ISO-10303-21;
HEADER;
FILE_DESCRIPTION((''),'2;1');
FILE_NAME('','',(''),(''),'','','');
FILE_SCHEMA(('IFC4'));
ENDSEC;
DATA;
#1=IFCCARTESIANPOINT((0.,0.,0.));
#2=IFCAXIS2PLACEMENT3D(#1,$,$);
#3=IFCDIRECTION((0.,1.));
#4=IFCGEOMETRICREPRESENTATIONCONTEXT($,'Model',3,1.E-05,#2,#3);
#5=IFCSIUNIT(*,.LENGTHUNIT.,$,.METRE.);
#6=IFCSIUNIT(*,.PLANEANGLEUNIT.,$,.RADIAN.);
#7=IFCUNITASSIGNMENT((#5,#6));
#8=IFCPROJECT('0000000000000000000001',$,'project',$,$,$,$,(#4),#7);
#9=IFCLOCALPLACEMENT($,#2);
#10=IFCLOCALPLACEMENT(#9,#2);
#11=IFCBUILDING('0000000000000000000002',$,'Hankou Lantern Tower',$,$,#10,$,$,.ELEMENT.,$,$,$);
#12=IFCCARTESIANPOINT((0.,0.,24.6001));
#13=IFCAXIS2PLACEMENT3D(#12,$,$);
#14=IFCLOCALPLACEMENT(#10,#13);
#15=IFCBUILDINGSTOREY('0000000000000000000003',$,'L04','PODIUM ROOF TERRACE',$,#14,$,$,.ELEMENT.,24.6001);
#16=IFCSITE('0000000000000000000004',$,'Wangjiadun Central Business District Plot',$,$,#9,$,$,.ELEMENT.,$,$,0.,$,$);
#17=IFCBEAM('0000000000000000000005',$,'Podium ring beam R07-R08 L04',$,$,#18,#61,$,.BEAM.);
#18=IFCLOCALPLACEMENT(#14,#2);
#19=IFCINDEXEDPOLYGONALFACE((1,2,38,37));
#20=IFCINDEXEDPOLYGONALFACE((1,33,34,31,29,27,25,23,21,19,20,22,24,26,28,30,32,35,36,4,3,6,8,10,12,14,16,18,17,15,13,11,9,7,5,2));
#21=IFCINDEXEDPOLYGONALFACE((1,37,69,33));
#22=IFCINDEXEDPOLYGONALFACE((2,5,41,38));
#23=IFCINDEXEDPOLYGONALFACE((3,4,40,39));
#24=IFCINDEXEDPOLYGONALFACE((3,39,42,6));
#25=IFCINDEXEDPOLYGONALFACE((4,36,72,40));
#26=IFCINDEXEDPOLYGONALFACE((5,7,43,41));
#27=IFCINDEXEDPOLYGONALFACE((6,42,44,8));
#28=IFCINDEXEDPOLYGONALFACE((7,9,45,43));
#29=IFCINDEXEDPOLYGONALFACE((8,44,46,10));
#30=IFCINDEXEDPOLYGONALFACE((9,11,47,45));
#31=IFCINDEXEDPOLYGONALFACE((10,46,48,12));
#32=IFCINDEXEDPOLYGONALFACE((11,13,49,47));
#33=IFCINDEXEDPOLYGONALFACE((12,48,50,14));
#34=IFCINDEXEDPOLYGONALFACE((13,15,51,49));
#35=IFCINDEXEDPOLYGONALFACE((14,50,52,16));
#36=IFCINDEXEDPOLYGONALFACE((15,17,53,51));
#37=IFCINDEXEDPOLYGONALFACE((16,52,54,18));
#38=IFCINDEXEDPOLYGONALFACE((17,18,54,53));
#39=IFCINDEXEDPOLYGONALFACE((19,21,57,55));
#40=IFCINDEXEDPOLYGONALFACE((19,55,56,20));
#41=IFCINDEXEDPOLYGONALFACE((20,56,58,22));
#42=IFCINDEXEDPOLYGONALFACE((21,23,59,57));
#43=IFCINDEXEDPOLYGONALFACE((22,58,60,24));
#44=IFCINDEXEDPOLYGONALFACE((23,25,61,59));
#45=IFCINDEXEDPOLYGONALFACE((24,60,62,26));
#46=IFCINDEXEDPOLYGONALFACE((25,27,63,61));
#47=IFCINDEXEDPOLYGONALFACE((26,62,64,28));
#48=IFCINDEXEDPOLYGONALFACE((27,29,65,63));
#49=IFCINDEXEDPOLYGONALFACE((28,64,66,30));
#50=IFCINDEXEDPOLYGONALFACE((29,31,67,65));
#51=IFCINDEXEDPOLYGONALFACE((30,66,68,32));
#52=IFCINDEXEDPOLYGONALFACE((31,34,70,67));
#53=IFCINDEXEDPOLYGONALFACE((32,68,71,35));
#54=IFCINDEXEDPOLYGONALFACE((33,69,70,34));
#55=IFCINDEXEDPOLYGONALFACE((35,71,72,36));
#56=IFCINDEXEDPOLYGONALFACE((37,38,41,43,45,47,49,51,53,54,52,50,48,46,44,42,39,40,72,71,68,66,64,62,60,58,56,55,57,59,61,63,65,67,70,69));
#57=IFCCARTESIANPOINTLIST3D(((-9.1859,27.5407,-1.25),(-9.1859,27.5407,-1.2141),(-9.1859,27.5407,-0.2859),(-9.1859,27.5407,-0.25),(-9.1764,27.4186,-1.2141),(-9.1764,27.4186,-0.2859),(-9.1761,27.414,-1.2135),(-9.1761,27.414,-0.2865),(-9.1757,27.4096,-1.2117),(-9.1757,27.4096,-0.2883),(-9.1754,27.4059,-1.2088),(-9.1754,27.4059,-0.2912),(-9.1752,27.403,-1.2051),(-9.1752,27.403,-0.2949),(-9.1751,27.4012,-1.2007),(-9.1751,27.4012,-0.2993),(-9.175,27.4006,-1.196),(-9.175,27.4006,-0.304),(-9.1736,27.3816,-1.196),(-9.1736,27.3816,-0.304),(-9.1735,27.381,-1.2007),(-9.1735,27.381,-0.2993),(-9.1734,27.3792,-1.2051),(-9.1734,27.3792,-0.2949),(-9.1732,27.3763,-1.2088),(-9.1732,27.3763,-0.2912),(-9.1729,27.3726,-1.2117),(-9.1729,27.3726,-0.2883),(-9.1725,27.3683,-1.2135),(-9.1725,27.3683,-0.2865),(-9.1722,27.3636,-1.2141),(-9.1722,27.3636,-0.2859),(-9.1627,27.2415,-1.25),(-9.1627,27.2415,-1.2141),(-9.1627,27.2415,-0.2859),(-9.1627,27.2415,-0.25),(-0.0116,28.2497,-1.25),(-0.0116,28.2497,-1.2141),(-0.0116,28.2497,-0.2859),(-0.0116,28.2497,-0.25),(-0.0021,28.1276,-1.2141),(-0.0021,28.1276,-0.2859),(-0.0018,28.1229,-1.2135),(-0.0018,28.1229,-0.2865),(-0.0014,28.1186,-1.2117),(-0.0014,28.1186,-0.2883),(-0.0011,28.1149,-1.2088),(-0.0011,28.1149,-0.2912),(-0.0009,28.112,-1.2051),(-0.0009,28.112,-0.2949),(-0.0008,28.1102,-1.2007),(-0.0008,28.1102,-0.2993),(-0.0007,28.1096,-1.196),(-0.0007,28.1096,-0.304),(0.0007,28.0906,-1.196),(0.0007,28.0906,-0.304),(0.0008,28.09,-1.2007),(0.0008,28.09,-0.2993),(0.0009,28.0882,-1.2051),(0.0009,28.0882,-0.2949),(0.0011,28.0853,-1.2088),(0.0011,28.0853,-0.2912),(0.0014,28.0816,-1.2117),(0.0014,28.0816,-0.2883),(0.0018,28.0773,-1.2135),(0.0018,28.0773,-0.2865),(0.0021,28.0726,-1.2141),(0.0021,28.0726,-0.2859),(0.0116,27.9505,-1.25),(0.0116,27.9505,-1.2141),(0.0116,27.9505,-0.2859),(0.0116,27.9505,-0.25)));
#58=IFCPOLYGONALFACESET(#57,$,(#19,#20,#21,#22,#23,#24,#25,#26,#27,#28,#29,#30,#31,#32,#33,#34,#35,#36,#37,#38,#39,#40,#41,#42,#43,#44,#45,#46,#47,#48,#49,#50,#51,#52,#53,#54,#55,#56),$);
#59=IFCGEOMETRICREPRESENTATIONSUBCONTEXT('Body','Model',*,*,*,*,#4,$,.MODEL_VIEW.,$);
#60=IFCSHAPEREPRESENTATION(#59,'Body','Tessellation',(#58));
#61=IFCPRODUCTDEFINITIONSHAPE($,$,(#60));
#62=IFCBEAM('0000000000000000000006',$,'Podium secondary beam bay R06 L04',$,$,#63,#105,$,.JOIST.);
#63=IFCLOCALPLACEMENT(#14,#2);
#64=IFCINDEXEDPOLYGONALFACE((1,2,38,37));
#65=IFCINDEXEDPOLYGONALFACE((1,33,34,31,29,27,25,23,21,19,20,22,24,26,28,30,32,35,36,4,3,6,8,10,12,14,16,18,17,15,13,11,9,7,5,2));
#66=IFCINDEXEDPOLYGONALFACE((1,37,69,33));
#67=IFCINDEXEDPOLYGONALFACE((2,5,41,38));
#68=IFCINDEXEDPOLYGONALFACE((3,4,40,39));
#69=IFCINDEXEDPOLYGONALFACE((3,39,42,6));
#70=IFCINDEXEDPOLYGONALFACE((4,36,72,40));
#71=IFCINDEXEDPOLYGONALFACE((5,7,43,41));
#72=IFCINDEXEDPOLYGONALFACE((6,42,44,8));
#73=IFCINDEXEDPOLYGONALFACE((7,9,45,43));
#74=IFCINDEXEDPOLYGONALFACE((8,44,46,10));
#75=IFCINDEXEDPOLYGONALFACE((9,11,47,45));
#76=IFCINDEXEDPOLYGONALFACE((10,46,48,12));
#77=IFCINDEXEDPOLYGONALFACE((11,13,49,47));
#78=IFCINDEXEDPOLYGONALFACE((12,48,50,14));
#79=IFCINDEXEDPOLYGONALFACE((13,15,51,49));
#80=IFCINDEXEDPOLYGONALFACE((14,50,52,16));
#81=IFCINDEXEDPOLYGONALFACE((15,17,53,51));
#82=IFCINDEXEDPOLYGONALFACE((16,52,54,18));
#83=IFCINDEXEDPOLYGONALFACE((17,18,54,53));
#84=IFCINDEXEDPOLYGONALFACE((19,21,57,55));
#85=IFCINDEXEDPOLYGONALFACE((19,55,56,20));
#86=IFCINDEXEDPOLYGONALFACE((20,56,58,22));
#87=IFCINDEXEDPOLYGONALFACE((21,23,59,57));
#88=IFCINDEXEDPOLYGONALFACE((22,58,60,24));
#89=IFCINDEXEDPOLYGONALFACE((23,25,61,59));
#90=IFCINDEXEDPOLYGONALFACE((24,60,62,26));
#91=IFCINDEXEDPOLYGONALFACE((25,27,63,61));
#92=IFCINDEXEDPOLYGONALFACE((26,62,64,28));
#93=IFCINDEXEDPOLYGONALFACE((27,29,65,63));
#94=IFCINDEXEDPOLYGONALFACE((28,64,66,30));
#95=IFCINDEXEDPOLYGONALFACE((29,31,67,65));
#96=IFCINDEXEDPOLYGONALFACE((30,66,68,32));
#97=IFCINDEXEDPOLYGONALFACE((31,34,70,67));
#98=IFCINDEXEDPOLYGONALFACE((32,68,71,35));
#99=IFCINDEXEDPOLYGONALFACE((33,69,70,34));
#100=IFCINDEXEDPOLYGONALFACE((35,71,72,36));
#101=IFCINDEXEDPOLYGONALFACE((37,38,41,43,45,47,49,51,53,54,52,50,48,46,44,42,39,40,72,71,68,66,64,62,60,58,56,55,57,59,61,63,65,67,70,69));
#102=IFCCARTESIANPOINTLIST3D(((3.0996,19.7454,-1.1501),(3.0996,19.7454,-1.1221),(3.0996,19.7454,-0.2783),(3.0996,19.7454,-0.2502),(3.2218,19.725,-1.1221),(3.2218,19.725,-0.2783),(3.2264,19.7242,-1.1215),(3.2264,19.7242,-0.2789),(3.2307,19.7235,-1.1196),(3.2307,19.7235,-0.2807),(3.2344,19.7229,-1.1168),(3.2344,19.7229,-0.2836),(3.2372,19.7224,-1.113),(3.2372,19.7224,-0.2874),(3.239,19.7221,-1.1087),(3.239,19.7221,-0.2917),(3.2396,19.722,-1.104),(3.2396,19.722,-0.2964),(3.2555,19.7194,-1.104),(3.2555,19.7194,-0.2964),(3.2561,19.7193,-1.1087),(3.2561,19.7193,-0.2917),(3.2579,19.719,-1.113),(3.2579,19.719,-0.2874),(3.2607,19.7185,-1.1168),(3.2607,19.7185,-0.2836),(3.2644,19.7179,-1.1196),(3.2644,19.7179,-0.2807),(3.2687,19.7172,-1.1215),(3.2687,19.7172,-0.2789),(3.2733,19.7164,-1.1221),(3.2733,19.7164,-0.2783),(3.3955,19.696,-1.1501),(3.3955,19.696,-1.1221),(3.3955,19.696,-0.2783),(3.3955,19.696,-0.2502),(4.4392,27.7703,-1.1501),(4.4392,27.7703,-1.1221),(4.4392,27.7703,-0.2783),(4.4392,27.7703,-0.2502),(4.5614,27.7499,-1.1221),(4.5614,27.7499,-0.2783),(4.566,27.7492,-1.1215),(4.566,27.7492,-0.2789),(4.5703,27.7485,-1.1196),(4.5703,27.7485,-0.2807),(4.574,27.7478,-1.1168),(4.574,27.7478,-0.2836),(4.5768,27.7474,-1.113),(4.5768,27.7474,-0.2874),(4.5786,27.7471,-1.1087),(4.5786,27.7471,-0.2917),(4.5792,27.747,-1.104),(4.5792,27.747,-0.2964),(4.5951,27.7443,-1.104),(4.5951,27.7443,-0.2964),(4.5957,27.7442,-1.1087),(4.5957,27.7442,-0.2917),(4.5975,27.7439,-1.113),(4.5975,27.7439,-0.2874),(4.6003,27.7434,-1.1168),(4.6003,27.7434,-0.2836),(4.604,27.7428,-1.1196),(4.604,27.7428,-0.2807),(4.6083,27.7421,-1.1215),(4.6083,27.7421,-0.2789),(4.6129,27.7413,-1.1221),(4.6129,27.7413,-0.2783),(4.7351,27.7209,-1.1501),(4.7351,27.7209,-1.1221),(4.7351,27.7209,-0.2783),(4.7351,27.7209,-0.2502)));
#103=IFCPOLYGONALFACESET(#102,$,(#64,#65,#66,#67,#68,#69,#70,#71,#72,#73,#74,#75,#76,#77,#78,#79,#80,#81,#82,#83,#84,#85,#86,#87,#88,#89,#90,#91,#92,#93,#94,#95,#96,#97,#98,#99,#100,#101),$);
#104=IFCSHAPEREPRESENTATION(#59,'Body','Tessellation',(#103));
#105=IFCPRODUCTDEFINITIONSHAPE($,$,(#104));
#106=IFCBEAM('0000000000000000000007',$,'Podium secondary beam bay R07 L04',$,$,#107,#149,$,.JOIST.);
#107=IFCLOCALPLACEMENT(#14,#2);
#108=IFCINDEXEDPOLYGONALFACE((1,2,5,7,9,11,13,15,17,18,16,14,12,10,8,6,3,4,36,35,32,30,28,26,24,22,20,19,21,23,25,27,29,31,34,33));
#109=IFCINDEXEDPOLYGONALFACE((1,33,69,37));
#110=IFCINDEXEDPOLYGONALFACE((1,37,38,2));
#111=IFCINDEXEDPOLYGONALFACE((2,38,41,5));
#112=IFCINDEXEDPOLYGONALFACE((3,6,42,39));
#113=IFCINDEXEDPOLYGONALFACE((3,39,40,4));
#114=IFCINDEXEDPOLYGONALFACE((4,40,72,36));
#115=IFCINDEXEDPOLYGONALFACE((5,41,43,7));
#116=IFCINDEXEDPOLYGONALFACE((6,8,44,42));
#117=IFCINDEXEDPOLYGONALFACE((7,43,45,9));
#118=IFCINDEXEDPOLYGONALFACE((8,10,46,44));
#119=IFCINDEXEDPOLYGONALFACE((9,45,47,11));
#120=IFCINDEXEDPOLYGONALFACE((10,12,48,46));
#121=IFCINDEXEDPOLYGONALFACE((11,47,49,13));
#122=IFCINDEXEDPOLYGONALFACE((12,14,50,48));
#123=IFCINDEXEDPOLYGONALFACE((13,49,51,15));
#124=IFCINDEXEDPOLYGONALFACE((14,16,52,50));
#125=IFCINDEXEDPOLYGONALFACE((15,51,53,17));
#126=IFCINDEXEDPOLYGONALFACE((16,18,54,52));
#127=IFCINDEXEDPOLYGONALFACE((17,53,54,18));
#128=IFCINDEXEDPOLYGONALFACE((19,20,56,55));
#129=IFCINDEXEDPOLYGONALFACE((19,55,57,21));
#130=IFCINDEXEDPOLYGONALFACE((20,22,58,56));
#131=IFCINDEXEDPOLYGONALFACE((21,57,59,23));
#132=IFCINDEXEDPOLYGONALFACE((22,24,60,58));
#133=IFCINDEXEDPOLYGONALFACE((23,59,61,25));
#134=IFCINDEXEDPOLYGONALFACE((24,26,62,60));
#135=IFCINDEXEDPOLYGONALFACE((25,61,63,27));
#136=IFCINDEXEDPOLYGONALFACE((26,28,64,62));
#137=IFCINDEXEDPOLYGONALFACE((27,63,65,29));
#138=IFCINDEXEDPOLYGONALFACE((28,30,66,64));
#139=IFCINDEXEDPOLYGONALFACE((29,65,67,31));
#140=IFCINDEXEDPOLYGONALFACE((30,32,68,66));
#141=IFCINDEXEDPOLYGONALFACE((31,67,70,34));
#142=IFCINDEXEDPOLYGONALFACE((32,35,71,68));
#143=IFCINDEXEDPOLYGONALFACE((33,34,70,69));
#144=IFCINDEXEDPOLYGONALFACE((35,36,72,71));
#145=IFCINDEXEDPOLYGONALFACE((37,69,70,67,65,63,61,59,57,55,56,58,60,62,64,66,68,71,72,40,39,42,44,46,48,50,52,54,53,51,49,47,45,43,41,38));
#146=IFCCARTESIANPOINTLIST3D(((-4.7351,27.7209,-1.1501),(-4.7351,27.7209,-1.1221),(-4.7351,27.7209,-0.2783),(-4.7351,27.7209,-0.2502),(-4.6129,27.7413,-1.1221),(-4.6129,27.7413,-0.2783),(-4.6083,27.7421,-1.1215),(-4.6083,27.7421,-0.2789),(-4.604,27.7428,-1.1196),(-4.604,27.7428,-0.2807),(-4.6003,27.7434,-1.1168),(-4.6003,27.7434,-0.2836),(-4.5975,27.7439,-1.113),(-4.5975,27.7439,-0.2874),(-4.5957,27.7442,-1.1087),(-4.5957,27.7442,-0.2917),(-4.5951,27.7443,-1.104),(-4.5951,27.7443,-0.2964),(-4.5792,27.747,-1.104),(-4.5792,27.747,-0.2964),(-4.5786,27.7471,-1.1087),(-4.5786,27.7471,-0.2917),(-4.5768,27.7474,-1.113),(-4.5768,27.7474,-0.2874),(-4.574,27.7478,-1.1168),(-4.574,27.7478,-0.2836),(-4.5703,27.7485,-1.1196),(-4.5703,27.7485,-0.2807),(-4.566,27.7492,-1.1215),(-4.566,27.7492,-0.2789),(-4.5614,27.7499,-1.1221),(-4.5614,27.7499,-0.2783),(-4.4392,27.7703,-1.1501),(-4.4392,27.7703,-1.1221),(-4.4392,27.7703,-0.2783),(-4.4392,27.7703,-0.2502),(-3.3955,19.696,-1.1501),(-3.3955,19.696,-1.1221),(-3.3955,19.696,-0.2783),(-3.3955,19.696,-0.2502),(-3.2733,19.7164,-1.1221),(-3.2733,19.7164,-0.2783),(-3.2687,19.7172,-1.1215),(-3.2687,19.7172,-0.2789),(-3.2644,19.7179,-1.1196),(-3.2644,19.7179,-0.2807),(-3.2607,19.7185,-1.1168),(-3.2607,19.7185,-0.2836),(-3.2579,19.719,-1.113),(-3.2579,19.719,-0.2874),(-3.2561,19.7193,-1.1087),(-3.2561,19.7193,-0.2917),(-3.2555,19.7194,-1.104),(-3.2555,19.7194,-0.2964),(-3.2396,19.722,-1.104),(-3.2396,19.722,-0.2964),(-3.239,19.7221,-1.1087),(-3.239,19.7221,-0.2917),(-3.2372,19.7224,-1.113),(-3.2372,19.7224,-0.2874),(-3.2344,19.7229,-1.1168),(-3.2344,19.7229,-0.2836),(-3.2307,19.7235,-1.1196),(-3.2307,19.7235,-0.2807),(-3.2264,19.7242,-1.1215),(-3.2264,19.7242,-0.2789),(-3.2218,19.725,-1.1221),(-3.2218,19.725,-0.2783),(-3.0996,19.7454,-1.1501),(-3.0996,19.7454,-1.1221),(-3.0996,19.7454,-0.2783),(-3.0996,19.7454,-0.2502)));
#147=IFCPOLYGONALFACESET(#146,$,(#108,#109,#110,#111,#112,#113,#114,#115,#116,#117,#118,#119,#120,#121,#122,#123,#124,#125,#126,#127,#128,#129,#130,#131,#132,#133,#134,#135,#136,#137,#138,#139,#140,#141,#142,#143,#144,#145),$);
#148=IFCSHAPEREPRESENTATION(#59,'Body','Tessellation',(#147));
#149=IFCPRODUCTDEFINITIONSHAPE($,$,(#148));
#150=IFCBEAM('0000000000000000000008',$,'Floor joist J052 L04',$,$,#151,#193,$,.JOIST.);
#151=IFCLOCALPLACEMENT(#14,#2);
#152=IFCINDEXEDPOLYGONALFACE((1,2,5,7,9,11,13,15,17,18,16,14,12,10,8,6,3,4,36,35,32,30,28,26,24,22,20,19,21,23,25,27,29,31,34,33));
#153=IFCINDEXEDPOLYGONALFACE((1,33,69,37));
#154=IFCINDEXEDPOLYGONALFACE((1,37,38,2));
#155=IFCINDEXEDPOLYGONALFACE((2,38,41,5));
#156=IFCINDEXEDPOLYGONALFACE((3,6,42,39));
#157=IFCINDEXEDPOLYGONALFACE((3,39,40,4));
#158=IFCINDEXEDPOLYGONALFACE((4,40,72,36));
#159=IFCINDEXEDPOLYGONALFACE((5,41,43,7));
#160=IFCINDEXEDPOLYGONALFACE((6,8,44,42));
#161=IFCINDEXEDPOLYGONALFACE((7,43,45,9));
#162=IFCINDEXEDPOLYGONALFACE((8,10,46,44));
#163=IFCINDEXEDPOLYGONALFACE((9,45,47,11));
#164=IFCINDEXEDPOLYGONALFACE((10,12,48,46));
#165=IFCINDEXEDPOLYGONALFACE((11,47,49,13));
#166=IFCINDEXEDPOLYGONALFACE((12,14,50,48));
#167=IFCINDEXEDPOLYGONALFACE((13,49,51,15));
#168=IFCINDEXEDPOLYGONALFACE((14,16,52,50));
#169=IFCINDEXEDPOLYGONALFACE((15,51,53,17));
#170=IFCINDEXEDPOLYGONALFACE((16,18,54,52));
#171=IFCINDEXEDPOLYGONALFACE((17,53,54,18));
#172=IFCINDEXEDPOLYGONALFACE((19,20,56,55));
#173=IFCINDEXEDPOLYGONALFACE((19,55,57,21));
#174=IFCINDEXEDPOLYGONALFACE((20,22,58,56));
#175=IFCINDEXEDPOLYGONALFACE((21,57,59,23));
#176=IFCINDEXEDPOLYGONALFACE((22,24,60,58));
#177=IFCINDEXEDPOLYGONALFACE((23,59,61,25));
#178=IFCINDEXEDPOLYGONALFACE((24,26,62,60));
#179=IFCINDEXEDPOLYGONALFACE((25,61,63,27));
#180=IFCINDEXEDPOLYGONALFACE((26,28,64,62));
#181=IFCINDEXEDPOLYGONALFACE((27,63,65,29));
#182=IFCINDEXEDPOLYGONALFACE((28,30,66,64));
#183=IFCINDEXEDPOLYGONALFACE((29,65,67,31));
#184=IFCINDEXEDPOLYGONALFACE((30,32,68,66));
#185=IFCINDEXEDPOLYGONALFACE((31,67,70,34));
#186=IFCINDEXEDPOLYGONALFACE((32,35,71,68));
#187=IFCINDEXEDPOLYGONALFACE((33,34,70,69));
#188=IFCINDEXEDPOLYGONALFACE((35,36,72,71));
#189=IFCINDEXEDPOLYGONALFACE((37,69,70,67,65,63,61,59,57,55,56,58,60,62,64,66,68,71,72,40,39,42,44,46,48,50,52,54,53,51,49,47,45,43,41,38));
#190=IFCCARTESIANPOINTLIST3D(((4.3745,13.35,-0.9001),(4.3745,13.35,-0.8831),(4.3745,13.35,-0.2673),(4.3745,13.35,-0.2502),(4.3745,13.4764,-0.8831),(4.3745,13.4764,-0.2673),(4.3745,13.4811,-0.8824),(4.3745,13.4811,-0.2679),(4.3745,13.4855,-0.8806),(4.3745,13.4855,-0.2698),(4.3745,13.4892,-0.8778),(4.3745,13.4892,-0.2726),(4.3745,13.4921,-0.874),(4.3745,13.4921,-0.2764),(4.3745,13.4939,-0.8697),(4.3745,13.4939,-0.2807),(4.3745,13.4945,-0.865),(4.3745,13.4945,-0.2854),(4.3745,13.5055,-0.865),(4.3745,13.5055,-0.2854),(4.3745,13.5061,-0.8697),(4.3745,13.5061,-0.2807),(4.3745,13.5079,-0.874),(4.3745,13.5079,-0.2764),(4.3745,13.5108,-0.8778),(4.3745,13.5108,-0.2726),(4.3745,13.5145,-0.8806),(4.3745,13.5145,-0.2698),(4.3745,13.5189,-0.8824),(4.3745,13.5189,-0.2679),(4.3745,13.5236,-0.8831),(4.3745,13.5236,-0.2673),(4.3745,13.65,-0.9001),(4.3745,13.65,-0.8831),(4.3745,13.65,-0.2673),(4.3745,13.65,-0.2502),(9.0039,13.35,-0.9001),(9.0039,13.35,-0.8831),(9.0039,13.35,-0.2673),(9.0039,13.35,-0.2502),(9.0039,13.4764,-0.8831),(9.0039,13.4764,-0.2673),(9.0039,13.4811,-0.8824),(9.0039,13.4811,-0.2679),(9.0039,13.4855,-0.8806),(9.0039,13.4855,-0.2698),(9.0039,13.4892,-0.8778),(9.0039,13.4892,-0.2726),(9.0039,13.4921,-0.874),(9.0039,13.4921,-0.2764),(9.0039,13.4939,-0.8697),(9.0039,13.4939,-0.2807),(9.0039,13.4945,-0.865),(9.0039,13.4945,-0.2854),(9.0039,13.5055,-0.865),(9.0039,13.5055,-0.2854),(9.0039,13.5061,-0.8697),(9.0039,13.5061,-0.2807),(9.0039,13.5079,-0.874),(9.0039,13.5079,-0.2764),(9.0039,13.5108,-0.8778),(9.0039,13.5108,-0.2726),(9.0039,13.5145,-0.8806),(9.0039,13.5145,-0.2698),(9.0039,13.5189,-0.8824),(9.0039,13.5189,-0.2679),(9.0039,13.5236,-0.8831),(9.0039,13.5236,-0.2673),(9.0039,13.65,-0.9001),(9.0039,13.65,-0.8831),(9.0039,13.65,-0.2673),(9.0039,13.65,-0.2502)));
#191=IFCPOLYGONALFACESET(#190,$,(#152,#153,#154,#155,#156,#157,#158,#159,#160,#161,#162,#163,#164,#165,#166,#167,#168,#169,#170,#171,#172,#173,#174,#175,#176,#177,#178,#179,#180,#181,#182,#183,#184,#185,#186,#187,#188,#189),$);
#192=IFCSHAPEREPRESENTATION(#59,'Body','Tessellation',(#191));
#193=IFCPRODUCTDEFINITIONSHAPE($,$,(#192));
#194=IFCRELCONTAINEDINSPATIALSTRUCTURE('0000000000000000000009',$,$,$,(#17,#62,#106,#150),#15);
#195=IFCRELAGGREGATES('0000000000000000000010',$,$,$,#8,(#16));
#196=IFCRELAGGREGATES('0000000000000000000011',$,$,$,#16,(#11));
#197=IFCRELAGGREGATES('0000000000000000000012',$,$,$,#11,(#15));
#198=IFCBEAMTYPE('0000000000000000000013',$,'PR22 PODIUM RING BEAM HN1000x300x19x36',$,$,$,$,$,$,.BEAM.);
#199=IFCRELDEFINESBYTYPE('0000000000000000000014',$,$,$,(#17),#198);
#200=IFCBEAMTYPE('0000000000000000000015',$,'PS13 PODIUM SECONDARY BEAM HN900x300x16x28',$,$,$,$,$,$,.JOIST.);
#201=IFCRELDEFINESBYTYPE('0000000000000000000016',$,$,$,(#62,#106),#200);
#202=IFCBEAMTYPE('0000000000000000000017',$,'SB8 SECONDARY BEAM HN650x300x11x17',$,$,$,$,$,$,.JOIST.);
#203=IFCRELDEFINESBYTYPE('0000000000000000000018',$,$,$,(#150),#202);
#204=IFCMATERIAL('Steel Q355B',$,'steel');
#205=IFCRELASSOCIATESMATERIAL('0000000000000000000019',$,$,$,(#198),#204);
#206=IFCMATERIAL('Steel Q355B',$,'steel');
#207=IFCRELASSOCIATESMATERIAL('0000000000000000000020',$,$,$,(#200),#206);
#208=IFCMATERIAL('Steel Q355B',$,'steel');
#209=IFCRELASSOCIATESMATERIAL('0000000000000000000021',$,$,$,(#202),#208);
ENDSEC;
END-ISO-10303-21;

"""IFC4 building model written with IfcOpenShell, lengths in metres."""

from ifc_helpers import new_model, si_unit, direction, frame, origin, origin_2d, place, context, subcontext, project, spatial, i_section, extrude, material, material_profile, profile_set, type_object, element, save


model = new_model("IFC4")

# Units and contexts
model_context = context("Model", 3, precision=1e-05, world=origin(), true_north=direction((0.0, 1.0)))
body_context = subcontext(model_context, "Body", "Model", "MODEL_VIEW")
ifc_project = project(units=[si_unit("LENGTHUNIT", "METRE"), si_unit("PLANEANGLEUNIT", "RADIAN")], contexts=[model_context])

# Site, building, storey
site_placement = place(None, origin())
site = spatial("IfcSite", under=ifc_project, at=site_placement, Name="Wangjiadun Central Business District Plot", CompositionType="ELEMENT", RefElevation=0.0)
building_placement = place(site_placement, origin())
building = spatial("IfcBuilding", under=site, at=building_placement, Name="Hankou Lantern Tower", CompositionType="ELEMENT")
storey_placement = place(building_placement, frame((0.0, 0.0, 24.6001)))
storey = spatial("IfcBuildingStorey", under=building, at=storey_placement, Name="L04", Description="PODIUM ROOF TERRACE", CompositionType="ELEMENT", Elevation=24.6001)

# Beams
ifc_material_1 = material(Name="Steel Q355B", Category="steel")
ifc_material_profile_1 = material_profile(ifc_material_1, i_section(OverallWidth=0.3, OverallDepth=1.0, WebThickness=0.019, FlangeThickness=0.0359, FilletRadius=0.0181, at=origin_2d()), Name="HN1000x300x19x36")
ifc_profile_set_1 = profile_set([ifc_material_profile_1], Name="Steel Q355B")
beam_type_1 = type_object("IfcBeamType", Name="PR22 PODIUM RING BEAM HN1000x300x19x36", PredefinedType="BEAM", material=ifc_profile_set_1)
beam_1_placement = place(storey_placement, frame((0.0, 28.1001, -0.75), z_axis=(-0.997027, -0.07705, 0.0), x_axis=(0.07705, -0.997027, 0.0)))
element("IfcBeam", 1, at=beam_1_placement, inside=storey, type_object=beam_type_1, Name="Podium ring beam R07-R08 L04", PredefinedType="BEAM", context=body_context, shape_type="SweptSolid", body=[
    extrude(i_section(OverallWidth=0.3, OverallDepth=1.0, WebThickness=0.019, FlangeThickness=0.0359, FilletRadius=0.0181, at=origin_2d()), origin(), (0.0, 0.0, 1.0), 9.2017),
])
ifc_material_2 = material(Name="Steel Q355B", Category="steel")
ifc_material_profile_2 = material_profile(ifc_material_2, i_section(OverallWidth=0.3, OverallDepth=0.8999, WebThickness=0.0161, FlangeThickness=0.0281, FilletRadius=0.0181, at=origin_2d()), Name="HN900x300x16x28")
ifc_profile_set_2 = profile_set([ifc_material_profile_2], Name="Steel Q355B")
beam_type_2 = type_object("IfcBeamType", Name="PS13 PODIUM SECONDARY BEAM HN900x300x16x28", PredefinedType="JOIST", material=ifc_profile_set_2)
for number, where, z_axis, x_axis, name in (
    (2, (3.2476, 19.7207, -0.7002), (0.164652, 0.986352, 0.0), (-0.986352, 0.164652, 0.0), "Podium secondary beam bay R06 L04"),
    (3, (-3.2476, 19.7207, -0.7002), (-0.164652, 0.986352, 0.0), (-0.986352, -0.164652, 0.0), "Podium secondary beam bay R07 L04"),
):
    element("IfcBeam", number, at=place(storey_placement, frame(where, z_axis=z_axis, x_axis=x_axis)), inside=storey, type_object=beam_type_2, Name=name, PredefinedType="JOIST", context=body_context, shape_type="SweptSolid", body=[
        extrude(i_section(OverallWidth=0.3, OverallDepth=0.8999, WebThickness=0.0161, FlangeThickness=0.0281, FilletRadius=0.0181, at=origin_2d()), origin(), (0.0, 0.0, 1.0), 8.136),
    ])
ifc_material_3 = material(Name="Steel Q355B", Category="steel")
ifc_material_profile_3 = material_profile(ifc_material_3, i_section(OverallWidth=0.3, OverallDepth=0.6499, WebThickness=0.011, FlangeThickness=0.0171, FilletRadius=0.0181, at=origin_2d()), Name="HN650x300x11x17")
ifc_profile_set_3 = profile_set([ifc_material_profile_3], Name="Steel Q355B")
beam_type_3 = type_object("IfcBeamType", Name="SB8 SECONDARY BEAM HN650x300x11x17", PredefinedType="JOIST", material=ifc_profile_set_3)
beam_2_placement = place(storey_placement, frame((4.3745, 13.5, -0.5752), z_axis=(1.0, 0.0, 0.0), x_axis=(0.0, 1.0, 0.0)))
element("IfcBeam", 4, at=beam_2_placement, inside=storey, type_object=beam_type_3, Name="Floor joist J052 L04", PredefinedType="JOIST", context=body_context, shape_type="SweptSolid", body=[
    extrude(i_section(OverallWidth=0.3, OverallDepth=0.6499, WebThickness=0.011, FlangeThickness=0.0171, FilletRadius=0.0181, at=origin_2d()), origin(), (0.0, 0.0, 1.0), 4.6294),
])

save(model, "model.ifc")
